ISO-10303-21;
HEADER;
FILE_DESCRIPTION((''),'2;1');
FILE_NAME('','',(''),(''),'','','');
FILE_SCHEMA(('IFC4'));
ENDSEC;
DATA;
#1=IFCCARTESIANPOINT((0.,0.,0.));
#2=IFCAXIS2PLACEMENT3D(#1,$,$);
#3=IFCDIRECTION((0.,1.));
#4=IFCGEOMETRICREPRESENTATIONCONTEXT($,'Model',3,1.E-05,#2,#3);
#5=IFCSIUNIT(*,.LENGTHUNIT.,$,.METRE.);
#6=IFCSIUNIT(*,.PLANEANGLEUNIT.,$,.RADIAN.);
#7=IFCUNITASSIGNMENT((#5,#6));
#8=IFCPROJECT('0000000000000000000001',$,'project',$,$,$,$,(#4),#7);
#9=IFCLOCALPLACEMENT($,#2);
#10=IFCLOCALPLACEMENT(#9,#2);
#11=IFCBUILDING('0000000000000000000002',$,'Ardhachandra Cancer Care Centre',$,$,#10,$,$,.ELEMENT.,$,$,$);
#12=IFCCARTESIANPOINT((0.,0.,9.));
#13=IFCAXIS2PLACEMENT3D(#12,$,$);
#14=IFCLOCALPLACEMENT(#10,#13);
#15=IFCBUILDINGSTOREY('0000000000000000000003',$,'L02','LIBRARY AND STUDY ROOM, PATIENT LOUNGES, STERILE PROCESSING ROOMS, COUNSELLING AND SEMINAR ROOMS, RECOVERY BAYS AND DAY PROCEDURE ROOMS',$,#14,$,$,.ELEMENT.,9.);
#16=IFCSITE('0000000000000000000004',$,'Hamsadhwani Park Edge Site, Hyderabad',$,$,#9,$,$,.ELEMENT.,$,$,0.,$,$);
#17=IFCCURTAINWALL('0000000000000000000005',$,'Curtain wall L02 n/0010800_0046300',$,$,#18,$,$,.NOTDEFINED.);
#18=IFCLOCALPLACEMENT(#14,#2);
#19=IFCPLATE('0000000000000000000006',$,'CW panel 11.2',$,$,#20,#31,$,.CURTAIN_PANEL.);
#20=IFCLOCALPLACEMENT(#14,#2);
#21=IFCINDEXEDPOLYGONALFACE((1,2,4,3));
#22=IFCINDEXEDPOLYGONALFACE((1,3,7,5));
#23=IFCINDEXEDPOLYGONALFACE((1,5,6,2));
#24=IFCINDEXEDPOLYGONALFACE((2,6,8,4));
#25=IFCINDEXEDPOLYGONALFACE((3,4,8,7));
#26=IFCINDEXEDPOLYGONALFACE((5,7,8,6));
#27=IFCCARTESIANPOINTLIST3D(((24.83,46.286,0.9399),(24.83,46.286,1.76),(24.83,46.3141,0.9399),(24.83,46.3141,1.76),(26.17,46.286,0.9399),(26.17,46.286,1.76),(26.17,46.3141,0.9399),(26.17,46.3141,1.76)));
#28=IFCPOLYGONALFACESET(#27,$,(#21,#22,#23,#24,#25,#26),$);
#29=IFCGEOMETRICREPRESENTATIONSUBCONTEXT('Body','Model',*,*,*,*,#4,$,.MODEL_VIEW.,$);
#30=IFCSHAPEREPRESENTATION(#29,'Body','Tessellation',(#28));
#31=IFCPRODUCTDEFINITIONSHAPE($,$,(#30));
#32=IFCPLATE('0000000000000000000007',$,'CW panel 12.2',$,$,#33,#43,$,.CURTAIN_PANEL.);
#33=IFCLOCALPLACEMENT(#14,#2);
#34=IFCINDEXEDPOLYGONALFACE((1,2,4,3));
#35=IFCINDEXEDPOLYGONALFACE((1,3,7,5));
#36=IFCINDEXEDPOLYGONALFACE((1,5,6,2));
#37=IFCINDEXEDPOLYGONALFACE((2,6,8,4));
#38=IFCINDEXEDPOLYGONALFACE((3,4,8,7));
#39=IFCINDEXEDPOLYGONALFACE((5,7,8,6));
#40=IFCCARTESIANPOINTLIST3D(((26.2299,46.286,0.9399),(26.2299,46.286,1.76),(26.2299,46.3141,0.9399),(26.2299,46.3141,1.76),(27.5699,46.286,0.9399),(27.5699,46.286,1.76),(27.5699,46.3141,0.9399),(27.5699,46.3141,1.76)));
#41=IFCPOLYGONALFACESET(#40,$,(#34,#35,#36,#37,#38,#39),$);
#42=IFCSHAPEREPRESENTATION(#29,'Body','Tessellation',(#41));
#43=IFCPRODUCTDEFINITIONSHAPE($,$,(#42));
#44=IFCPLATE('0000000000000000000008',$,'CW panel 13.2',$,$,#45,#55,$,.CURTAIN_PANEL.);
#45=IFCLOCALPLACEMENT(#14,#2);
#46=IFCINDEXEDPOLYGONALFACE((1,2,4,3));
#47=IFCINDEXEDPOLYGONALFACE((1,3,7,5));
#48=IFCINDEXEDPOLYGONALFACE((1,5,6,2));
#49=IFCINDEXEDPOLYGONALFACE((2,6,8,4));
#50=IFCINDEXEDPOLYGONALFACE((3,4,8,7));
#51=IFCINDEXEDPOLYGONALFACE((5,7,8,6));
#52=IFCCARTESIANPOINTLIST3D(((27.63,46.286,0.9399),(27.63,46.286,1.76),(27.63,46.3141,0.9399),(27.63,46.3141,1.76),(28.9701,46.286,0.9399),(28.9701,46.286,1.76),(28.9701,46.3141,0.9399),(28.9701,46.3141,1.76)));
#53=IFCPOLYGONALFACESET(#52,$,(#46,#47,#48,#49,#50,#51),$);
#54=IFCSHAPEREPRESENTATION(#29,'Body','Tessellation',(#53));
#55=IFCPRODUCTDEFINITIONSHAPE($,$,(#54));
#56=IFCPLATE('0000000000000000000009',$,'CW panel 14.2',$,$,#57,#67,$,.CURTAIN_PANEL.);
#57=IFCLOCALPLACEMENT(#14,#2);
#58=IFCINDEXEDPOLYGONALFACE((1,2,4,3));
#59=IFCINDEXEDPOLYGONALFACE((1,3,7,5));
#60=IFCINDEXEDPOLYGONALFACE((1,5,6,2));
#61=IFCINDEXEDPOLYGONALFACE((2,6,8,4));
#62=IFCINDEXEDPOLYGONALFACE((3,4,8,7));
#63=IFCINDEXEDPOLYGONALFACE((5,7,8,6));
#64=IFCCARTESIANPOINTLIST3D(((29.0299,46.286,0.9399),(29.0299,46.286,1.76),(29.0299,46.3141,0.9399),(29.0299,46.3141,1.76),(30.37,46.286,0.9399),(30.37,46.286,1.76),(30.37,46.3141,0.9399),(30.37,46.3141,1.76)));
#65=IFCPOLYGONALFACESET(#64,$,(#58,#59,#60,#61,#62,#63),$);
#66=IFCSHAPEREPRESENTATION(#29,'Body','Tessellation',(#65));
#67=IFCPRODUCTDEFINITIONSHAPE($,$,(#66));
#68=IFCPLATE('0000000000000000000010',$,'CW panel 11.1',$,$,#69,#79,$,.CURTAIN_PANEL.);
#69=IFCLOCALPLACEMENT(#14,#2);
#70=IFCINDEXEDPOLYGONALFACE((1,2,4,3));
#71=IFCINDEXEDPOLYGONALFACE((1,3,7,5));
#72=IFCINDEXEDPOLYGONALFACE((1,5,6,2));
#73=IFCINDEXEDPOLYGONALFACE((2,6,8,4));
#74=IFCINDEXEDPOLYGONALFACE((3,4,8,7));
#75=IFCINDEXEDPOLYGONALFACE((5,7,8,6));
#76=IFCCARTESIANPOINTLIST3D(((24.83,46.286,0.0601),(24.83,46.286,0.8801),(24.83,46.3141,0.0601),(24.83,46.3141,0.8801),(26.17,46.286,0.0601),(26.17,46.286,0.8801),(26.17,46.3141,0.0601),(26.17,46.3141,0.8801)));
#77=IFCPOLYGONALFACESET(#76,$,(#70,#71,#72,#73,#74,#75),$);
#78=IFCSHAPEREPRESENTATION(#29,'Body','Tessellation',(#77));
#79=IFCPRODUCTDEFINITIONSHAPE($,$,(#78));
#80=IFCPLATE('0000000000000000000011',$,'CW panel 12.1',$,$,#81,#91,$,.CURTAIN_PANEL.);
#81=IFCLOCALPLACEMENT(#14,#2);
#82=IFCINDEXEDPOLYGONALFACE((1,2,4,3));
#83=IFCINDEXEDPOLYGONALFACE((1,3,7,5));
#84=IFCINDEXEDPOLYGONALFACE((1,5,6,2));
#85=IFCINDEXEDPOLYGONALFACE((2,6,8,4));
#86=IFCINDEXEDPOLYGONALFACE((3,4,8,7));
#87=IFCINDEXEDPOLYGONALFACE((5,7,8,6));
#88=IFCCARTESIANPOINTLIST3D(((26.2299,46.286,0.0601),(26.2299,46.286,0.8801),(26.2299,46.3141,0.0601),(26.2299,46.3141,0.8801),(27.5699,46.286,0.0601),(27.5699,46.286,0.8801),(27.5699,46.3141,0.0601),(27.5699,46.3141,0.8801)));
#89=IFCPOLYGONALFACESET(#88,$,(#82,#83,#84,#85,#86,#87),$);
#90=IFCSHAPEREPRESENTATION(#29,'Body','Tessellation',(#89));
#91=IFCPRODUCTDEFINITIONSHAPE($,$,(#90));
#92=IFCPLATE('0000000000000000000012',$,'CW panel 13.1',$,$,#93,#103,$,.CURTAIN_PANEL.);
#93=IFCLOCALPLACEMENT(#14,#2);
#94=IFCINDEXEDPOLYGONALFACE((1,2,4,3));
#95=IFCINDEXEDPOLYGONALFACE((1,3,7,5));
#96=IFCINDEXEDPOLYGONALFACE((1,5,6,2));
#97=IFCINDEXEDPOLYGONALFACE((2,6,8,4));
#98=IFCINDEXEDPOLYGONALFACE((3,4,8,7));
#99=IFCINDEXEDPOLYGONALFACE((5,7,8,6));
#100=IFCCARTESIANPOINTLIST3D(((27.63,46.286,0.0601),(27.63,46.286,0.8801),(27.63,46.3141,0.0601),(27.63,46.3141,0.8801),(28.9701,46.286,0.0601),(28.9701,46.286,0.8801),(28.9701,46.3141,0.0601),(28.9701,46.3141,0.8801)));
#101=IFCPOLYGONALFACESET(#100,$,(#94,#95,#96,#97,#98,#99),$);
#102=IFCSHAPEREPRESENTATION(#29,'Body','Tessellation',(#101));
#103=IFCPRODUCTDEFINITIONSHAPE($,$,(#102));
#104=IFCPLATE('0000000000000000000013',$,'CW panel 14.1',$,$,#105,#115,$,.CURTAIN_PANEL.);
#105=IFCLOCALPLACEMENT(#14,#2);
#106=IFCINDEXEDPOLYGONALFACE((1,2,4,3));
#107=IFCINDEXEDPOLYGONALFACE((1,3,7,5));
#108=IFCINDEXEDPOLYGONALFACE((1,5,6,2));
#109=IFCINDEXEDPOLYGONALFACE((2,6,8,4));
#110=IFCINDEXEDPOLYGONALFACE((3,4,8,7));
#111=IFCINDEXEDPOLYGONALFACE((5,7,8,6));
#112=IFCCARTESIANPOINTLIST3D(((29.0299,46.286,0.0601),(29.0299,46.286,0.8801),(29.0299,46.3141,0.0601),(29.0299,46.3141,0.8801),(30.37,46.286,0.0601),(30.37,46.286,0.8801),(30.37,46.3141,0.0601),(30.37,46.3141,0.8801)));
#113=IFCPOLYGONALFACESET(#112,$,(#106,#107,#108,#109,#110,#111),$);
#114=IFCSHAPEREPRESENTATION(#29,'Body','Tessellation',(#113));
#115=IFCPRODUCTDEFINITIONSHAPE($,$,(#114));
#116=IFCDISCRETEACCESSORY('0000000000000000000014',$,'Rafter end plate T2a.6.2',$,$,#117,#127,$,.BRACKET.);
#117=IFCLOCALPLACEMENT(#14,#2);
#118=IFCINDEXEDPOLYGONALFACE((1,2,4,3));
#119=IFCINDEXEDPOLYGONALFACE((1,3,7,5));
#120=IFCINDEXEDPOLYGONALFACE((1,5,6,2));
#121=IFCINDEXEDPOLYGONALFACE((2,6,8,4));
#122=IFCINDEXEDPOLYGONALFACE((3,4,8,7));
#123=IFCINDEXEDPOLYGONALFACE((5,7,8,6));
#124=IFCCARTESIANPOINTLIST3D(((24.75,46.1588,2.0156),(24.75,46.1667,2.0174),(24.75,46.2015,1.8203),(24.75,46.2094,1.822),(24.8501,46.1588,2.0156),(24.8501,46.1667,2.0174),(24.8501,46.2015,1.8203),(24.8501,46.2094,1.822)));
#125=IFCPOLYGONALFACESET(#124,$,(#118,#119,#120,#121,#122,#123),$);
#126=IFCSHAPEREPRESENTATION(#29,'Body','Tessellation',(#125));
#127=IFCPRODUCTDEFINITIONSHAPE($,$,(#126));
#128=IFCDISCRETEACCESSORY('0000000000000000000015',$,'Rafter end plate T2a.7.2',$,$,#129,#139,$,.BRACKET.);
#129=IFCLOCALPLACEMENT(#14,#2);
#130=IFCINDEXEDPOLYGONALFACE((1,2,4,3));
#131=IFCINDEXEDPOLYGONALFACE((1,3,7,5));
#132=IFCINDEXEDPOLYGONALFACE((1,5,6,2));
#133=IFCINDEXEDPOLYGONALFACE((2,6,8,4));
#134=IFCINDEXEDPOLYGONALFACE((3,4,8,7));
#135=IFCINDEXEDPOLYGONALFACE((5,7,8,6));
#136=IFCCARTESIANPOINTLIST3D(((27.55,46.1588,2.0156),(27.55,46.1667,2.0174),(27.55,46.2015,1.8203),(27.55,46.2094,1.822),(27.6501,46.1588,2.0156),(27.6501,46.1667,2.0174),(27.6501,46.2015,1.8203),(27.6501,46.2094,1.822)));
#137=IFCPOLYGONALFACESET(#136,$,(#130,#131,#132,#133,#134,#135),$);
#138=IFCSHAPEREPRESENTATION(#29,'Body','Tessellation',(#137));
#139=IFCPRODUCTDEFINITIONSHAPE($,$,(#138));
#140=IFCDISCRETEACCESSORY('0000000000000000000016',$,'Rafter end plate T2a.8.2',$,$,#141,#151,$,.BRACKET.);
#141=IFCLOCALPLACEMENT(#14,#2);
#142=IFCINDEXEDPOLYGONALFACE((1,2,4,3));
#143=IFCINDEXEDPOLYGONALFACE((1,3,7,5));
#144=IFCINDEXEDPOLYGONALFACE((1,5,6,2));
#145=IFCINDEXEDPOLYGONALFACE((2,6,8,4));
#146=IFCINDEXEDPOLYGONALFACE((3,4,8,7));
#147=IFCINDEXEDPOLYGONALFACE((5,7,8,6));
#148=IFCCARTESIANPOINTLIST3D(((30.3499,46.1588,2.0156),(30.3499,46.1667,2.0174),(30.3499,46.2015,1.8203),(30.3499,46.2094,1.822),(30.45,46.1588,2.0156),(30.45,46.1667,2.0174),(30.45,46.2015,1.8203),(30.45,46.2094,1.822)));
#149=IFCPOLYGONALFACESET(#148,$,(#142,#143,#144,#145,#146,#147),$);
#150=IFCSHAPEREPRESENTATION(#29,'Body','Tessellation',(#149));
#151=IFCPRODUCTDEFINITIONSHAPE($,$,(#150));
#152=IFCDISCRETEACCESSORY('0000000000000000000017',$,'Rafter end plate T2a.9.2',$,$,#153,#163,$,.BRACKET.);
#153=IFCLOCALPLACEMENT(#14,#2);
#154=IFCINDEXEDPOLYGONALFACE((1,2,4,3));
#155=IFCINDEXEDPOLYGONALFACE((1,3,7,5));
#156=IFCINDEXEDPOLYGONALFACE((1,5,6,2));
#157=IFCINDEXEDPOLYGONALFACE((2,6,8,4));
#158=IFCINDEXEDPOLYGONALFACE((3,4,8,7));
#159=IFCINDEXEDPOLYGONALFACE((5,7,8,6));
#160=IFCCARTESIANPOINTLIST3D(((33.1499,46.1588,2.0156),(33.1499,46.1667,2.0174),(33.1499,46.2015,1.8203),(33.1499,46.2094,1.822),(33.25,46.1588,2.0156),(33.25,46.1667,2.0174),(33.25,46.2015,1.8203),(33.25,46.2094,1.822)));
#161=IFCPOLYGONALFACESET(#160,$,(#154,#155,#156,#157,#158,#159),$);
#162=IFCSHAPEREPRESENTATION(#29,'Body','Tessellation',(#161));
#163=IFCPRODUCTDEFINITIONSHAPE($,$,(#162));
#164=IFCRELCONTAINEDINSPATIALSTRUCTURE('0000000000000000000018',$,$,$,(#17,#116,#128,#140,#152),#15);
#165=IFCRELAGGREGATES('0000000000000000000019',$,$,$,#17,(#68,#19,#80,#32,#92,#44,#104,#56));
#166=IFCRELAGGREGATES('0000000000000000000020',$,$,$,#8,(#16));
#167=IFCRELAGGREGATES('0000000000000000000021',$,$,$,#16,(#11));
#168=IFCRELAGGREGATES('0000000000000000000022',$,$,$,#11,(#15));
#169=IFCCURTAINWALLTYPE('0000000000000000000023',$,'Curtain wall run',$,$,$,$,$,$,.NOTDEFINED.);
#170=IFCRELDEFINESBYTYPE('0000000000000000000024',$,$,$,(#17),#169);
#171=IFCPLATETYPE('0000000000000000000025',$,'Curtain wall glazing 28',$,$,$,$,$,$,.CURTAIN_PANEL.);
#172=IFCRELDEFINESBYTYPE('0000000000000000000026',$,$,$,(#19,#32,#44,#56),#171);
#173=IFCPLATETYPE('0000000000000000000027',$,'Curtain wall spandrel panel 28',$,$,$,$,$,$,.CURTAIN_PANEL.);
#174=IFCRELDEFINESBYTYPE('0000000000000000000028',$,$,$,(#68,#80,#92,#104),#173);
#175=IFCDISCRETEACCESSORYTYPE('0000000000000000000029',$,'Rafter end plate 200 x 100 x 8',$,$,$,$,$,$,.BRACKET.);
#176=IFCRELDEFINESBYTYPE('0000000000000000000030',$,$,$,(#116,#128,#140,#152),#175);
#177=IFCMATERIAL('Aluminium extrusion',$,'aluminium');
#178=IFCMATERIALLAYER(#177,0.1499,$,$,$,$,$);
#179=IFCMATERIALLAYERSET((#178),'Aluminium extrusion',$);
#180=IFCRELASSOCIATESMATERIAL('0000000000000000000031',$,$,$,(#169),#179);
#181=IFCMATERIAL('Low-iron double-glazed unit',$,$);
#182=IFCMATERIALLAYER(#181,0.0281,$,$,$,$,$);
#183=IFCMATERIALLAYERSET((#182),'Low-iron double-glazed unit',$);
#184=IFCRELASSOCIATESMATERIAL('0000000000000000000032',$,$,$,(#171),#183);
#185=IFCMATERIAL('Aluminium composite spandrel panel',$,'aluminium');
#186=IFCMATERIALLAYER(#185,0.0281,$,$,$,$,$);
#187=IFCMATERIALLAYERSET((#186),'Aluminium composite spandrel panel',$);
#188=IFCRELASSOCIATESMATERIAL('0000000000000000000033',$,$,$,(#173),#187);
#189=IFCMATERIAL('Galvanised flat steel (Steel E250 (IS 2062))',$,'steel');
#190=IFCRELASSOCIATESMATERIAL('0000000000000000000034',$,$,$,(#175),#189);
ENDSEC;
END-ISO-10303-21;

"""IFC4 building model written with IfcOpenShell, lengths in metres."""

from ifc_helpers import new_model, si_unit, direction, frame, origin, origin_2d, place, context, subcontext, project, spatial, rectangle, extrude, material, layer, layer_set, material_profile, profile_set, type_object, element, aggregate, save


model = new_model("IFC4")

# Units and contexts
model_context = context("Model", 3, precision=1e-05, world=origin(), true_north=direction((0.0, 1.0)))
body_context = subcontext(model_context, "Body", "Model", "MODEL_VIEW")
ifc_project = project(units=[si_unit("LENGTHUNIT", "METRE"), si_unit("PLANEANGLEUNIT", "RADIAN")], contexts=[model_context])

# Site, building, storey
site_placement = place(None, origin())
site = spatial("IfcSite", under=ifc_project, at=site_placement, Name="Hamsadhwani Park Edge Site, Hyderabad", CompositionType="ELEMENT", RefElevation=0.0)
building_placement = place(site_placement, origin())
building = spatial("IfcBuilding", under=site, at=building_placement, Name="Ardhachandra Cancer Care Centre", CompositionType="ELEMENT")
storey_placement = place(building_placement, frame((0.0, 0.0, 9.0)))
storey = spatial("IfcBuildingStorey", under=building, at=storey_placement, Name="L02", Description="LIBRARY AND STUDY ROOM, PATIENT LOUNGES, STERILE PROCESSING ROOMS, COUNSELLING AND SEMINAR ROOMS, RECOVERY BAYS AND DAY PROCEDURE ROOMS", CompositionType="ELEMENT", Elevation=9.0)

# Curtain wall
ifc_material_1 = material(Name="Aluminium extrusion", Category="aluminium")
ifc_layer_1 = layer(ifc_material_1, 0.1499)
ifc_layer_set_1 = layer_set([ifc_layer_1], Name="Aluminium extrusion")
curtain_wall_type = type_object("IfcCurtainWallType", Name="Curtain wall run", PredefinedType="NOTDEFINED", material=ifc_layer_set_1)
curtain_wall_placement = place(storey_placement, origin())
curtain_wall = element("IfcCurtainWall", 1, at=curtain_wall_placement, inside=storey, type_object=curtain_wall_type, Name="Curtain wall L02 n/0010800_0046300", PredefinedType="NOTDEFINED")

# Plates
ifc_material_2 = material(Name="Low-iron double-glazed unit")
ifc_layer_2 = layer(ifc_material_2, 0.0281)
ifc_layer_set_2 = layer_set([ifc_layer_2], Name="Low-iron double-glazed unit")
plate_type_1 = type_object("IfcPlateType", Name="Curtain wall glazing 28", PredefinedType="CURTAIN_PANEL", material=ifc_layer_set_2)
plate_1_placement = place(storey_placement, frame((25.5, 46.3, 0.9399), z_axis=(0.0, 0.0, 1.0), x_axis=(1.0, 0.0, 0.0)))
plate_1 = element("IfcPlate", 2, at=plate_1_placement, type_object=plate_type_1, Name="CW panel 11.2", PredefinedType="CURTAIN_PANEL", context=body_context, shape_type="SweptSolid", body=[
    extrude(rectangle(XDim=1.3401, YDim=0.0281, at=origin_2d()), origin(), (0.0, 0.0, 1.0), 0.8201),
])
plate_2_placement = place(storey_placement, frame((26.8999, 46.3, 0.9399), z_axis=(0.0, 0.0, 1.0), x_axis=(1.0, 0.0, 0.0)))
plate_2 = element("IfcPlate", 3, at=plate_2_placement, type_object=plate_type_1, Name="CW panel 12.2", PredefinedType="CURTAIN_PANEL", context=body_context, shape_type="SweptSolid", body=[
    extrude(rectangle(XDim=1.3401, YDim=0.0281, at=origin_2d()), origin(), (0.0, 0.0, 1.0), 0.8201),
])
plate_3_placement = place(storey_placement, frame((28.3, 46.3, 0.9399), z_axis=(0.0, 0.0, 1.0), x_axis=(1.0, 0.0, 0.0)))
plate_3 = element("IfcPlate", 4, at=plate_3_placement, type_object=plate_type_1, Name="CW panel 13.2", PredefinedType="CURTAIN_PANEL", context=body_context, shape_type="SweptSolid", body=[
    extrude(rectangle(XDim=1.3401, YDim=0.0281, at=origin_2d()), origin(), (0.0, 0.0, 1.0), 0.8201),
])
plate_4_placement = place(storey_placement, frame((29.7, 46.3, 0.9399), z_axis=(0.0, 0.0, 1.0), x_axis=(1.0, 0.0, 0.0)))
plate_4 = element("IfcPlate", 5, at=plate_4_placement, type_object=plate_type_1, Name="CW panel 14.2", PredefinedType="CURTAIN_PANEL", context=body_context, shape_type="SweptSolid", body=[
    extrude(rectangle(XDim=1.3401, YDim=0.0281, at=origin_2d()), origin(), (0.0, 0.0, 1.0), 0.8201),
])
ifc_material_3 = material(Name="Aluminium composite spandrel panel", Category="aluminium")
ifc_layer_3 = layer(ifc_material_3, 0.0281)
ifc_layer_set_3 = layer_set([ifc_layer_3], Name="Aluminium composite spandrel panel")
plate_type_2 = type_object("IfcPlateType", Name="Curtain wall spandrel panel 28", PredefinedType="CURTAIN_PANEL", material=ifc_layer_set_3)
plate_5_placement = place(storey_placement, frame((25.5, 46.3, 0.0601), z_axis=(0.0, 0.0, 1.0), x_axis=(1.0, 0.0, 0.0)))
plate_5 = element("IfcPlate", 6, at=plate_5_placement, type_object=plate_type_2, Name="CW panel 11.1", PredefinedType="CURTAIN_PANEL", context=body_context, shape_type="SweptSolid", body=[
    extrude(rectangle(XDim=1.3401, YDim=0.0281, at=origin_2d()), origin(), (0.0, 0.0, 1.0), 0.8201),
])
plate_6_placement = place(storey_placement, frame((26.8999, 46.3, 0.0601), z_axis=(0.0, 0.0, 1.0), x_axis=(1.0, 0.0, 0.0)))
plate_6 = element("IfcPlate", 7, at=plate_6_placement, type_object=plate_type_2, Name="CW panel 12.1", PredefinedType="CURTAIN_PANEL", context=body_context, shape_type="SweptSolid", body=[
    extrude(rectangle(XDim=1.3401, YDim=0.0281, at=origin_2d()), origin(), (0.0, 0.0, 1.0), 0.8201),
])
plate_7_placement = place(storey_placement, frame((28.3, 46.3, 0.0601), z_axis=(0.0, 0.0, 1.0), x_axis=(1.0, 0.0, 0.0)))
plate_7 = element("IfcPlate", 8, at=plate_7_placement, type_object=plate_type_2, Name="CW panel 13.1", PredefinedType="CURTAIN_PANEL", context=body_context, shape_type="SweptSolid", body=[
    extrude(rectangle(XDim=1.3401, YDim=0.0281, at=origin_2d()), origin(), (0.0, 0.0, 1.0), 0.8201),
])
plate_8_placement = place(storey_placement, frame((29.7, 46.3, 0.0601), z_axis=(0.0, 0.0, 1.0), x_axis=(1.0, 0.0, 0.0)))
plate_8 = element("IfcPlate", 9, at=plate_8_placement, type_object=plate_type_2, Name="CW panel 14.1", PredefinedType="CURTAIN_PANEL", context=body_context, shape_type="SweptSolid", body=[
    extrude(rectangle(XDim=1.3401, YDim=0.0281, at=origin_2d()), origin(), (0.0, 0.0, 1.0), 0.8201),
])
aggregate(curtain_wall, [plate_5, plate_1, plate_6, plate_2, plate_7, plate_3, plate_8, plate_4])

# Discrete accessories
ifc_material_4 = material(Name="Galvanised flat steel (Steel E250 (IS 2062))", Category="steel")
ifc_material_profile_1 = material_profile(ifc_material_4, rectangle(XDim=0.1001, YDim=0.2, at=origin_2d()), Name="Rafter end plate 200 x 100 x 8")
ifc_profile_set_1 = profile_set([ifc_material_profile_1], Name="Galvanised flat steel (Steel E250 (IS 2062))")
discrete_accessory_type = type_object("IfcDiscreteAccessoryType", Name="Rafter end plate 200 x 100 x 8", PredefinedType="BRACKET", material=ifc_profile_set_1)
for number, where, z_axis, x_axis, name in (
    (10, (24.8, 46.1802, 1.918), (0.0, 0.9769, 0.213697), (-1.0, 0.0, 0.0), "Rafter end plate T2a.6.2"),
    (11, (27.6001, 46.1802, 1.918), (0.0, 0.9769, 0.213697), (-1.0, 0.0, 0.0), "Rafter end plate T2a.7.2"),
    (12, (30.3999, 46.1802, 1.918), (0.0, 0.9769, 0.213697), (-1.0, 0.0, 0.0), "Rafter end plate T2a.8.2"),
    (13, (33.2, 46.1802, 1.918), (0.0, 0.9769, 0.213697), (-1.0, 0.0, 0.0), "Rafter end plate T2a.9.2"),
):
    element("IfcDiscreteAccessory", number, at=place(storey_placement, frame(where, z_axis=z_axis, x_axis=x_axis)), inside=storey, type_object=discrete_accessory_type, Name=name, PredefinedType="BRACKET", context=body_context, shape_type="SweptSolid", body=[
        extrude(rectangle(XDim=0.1001, YDim=0.2, at=origin_2d()), origin(), (0.0, 0.0, 1.0), 0.0081),
    ])

save(model, "model.ifc")
